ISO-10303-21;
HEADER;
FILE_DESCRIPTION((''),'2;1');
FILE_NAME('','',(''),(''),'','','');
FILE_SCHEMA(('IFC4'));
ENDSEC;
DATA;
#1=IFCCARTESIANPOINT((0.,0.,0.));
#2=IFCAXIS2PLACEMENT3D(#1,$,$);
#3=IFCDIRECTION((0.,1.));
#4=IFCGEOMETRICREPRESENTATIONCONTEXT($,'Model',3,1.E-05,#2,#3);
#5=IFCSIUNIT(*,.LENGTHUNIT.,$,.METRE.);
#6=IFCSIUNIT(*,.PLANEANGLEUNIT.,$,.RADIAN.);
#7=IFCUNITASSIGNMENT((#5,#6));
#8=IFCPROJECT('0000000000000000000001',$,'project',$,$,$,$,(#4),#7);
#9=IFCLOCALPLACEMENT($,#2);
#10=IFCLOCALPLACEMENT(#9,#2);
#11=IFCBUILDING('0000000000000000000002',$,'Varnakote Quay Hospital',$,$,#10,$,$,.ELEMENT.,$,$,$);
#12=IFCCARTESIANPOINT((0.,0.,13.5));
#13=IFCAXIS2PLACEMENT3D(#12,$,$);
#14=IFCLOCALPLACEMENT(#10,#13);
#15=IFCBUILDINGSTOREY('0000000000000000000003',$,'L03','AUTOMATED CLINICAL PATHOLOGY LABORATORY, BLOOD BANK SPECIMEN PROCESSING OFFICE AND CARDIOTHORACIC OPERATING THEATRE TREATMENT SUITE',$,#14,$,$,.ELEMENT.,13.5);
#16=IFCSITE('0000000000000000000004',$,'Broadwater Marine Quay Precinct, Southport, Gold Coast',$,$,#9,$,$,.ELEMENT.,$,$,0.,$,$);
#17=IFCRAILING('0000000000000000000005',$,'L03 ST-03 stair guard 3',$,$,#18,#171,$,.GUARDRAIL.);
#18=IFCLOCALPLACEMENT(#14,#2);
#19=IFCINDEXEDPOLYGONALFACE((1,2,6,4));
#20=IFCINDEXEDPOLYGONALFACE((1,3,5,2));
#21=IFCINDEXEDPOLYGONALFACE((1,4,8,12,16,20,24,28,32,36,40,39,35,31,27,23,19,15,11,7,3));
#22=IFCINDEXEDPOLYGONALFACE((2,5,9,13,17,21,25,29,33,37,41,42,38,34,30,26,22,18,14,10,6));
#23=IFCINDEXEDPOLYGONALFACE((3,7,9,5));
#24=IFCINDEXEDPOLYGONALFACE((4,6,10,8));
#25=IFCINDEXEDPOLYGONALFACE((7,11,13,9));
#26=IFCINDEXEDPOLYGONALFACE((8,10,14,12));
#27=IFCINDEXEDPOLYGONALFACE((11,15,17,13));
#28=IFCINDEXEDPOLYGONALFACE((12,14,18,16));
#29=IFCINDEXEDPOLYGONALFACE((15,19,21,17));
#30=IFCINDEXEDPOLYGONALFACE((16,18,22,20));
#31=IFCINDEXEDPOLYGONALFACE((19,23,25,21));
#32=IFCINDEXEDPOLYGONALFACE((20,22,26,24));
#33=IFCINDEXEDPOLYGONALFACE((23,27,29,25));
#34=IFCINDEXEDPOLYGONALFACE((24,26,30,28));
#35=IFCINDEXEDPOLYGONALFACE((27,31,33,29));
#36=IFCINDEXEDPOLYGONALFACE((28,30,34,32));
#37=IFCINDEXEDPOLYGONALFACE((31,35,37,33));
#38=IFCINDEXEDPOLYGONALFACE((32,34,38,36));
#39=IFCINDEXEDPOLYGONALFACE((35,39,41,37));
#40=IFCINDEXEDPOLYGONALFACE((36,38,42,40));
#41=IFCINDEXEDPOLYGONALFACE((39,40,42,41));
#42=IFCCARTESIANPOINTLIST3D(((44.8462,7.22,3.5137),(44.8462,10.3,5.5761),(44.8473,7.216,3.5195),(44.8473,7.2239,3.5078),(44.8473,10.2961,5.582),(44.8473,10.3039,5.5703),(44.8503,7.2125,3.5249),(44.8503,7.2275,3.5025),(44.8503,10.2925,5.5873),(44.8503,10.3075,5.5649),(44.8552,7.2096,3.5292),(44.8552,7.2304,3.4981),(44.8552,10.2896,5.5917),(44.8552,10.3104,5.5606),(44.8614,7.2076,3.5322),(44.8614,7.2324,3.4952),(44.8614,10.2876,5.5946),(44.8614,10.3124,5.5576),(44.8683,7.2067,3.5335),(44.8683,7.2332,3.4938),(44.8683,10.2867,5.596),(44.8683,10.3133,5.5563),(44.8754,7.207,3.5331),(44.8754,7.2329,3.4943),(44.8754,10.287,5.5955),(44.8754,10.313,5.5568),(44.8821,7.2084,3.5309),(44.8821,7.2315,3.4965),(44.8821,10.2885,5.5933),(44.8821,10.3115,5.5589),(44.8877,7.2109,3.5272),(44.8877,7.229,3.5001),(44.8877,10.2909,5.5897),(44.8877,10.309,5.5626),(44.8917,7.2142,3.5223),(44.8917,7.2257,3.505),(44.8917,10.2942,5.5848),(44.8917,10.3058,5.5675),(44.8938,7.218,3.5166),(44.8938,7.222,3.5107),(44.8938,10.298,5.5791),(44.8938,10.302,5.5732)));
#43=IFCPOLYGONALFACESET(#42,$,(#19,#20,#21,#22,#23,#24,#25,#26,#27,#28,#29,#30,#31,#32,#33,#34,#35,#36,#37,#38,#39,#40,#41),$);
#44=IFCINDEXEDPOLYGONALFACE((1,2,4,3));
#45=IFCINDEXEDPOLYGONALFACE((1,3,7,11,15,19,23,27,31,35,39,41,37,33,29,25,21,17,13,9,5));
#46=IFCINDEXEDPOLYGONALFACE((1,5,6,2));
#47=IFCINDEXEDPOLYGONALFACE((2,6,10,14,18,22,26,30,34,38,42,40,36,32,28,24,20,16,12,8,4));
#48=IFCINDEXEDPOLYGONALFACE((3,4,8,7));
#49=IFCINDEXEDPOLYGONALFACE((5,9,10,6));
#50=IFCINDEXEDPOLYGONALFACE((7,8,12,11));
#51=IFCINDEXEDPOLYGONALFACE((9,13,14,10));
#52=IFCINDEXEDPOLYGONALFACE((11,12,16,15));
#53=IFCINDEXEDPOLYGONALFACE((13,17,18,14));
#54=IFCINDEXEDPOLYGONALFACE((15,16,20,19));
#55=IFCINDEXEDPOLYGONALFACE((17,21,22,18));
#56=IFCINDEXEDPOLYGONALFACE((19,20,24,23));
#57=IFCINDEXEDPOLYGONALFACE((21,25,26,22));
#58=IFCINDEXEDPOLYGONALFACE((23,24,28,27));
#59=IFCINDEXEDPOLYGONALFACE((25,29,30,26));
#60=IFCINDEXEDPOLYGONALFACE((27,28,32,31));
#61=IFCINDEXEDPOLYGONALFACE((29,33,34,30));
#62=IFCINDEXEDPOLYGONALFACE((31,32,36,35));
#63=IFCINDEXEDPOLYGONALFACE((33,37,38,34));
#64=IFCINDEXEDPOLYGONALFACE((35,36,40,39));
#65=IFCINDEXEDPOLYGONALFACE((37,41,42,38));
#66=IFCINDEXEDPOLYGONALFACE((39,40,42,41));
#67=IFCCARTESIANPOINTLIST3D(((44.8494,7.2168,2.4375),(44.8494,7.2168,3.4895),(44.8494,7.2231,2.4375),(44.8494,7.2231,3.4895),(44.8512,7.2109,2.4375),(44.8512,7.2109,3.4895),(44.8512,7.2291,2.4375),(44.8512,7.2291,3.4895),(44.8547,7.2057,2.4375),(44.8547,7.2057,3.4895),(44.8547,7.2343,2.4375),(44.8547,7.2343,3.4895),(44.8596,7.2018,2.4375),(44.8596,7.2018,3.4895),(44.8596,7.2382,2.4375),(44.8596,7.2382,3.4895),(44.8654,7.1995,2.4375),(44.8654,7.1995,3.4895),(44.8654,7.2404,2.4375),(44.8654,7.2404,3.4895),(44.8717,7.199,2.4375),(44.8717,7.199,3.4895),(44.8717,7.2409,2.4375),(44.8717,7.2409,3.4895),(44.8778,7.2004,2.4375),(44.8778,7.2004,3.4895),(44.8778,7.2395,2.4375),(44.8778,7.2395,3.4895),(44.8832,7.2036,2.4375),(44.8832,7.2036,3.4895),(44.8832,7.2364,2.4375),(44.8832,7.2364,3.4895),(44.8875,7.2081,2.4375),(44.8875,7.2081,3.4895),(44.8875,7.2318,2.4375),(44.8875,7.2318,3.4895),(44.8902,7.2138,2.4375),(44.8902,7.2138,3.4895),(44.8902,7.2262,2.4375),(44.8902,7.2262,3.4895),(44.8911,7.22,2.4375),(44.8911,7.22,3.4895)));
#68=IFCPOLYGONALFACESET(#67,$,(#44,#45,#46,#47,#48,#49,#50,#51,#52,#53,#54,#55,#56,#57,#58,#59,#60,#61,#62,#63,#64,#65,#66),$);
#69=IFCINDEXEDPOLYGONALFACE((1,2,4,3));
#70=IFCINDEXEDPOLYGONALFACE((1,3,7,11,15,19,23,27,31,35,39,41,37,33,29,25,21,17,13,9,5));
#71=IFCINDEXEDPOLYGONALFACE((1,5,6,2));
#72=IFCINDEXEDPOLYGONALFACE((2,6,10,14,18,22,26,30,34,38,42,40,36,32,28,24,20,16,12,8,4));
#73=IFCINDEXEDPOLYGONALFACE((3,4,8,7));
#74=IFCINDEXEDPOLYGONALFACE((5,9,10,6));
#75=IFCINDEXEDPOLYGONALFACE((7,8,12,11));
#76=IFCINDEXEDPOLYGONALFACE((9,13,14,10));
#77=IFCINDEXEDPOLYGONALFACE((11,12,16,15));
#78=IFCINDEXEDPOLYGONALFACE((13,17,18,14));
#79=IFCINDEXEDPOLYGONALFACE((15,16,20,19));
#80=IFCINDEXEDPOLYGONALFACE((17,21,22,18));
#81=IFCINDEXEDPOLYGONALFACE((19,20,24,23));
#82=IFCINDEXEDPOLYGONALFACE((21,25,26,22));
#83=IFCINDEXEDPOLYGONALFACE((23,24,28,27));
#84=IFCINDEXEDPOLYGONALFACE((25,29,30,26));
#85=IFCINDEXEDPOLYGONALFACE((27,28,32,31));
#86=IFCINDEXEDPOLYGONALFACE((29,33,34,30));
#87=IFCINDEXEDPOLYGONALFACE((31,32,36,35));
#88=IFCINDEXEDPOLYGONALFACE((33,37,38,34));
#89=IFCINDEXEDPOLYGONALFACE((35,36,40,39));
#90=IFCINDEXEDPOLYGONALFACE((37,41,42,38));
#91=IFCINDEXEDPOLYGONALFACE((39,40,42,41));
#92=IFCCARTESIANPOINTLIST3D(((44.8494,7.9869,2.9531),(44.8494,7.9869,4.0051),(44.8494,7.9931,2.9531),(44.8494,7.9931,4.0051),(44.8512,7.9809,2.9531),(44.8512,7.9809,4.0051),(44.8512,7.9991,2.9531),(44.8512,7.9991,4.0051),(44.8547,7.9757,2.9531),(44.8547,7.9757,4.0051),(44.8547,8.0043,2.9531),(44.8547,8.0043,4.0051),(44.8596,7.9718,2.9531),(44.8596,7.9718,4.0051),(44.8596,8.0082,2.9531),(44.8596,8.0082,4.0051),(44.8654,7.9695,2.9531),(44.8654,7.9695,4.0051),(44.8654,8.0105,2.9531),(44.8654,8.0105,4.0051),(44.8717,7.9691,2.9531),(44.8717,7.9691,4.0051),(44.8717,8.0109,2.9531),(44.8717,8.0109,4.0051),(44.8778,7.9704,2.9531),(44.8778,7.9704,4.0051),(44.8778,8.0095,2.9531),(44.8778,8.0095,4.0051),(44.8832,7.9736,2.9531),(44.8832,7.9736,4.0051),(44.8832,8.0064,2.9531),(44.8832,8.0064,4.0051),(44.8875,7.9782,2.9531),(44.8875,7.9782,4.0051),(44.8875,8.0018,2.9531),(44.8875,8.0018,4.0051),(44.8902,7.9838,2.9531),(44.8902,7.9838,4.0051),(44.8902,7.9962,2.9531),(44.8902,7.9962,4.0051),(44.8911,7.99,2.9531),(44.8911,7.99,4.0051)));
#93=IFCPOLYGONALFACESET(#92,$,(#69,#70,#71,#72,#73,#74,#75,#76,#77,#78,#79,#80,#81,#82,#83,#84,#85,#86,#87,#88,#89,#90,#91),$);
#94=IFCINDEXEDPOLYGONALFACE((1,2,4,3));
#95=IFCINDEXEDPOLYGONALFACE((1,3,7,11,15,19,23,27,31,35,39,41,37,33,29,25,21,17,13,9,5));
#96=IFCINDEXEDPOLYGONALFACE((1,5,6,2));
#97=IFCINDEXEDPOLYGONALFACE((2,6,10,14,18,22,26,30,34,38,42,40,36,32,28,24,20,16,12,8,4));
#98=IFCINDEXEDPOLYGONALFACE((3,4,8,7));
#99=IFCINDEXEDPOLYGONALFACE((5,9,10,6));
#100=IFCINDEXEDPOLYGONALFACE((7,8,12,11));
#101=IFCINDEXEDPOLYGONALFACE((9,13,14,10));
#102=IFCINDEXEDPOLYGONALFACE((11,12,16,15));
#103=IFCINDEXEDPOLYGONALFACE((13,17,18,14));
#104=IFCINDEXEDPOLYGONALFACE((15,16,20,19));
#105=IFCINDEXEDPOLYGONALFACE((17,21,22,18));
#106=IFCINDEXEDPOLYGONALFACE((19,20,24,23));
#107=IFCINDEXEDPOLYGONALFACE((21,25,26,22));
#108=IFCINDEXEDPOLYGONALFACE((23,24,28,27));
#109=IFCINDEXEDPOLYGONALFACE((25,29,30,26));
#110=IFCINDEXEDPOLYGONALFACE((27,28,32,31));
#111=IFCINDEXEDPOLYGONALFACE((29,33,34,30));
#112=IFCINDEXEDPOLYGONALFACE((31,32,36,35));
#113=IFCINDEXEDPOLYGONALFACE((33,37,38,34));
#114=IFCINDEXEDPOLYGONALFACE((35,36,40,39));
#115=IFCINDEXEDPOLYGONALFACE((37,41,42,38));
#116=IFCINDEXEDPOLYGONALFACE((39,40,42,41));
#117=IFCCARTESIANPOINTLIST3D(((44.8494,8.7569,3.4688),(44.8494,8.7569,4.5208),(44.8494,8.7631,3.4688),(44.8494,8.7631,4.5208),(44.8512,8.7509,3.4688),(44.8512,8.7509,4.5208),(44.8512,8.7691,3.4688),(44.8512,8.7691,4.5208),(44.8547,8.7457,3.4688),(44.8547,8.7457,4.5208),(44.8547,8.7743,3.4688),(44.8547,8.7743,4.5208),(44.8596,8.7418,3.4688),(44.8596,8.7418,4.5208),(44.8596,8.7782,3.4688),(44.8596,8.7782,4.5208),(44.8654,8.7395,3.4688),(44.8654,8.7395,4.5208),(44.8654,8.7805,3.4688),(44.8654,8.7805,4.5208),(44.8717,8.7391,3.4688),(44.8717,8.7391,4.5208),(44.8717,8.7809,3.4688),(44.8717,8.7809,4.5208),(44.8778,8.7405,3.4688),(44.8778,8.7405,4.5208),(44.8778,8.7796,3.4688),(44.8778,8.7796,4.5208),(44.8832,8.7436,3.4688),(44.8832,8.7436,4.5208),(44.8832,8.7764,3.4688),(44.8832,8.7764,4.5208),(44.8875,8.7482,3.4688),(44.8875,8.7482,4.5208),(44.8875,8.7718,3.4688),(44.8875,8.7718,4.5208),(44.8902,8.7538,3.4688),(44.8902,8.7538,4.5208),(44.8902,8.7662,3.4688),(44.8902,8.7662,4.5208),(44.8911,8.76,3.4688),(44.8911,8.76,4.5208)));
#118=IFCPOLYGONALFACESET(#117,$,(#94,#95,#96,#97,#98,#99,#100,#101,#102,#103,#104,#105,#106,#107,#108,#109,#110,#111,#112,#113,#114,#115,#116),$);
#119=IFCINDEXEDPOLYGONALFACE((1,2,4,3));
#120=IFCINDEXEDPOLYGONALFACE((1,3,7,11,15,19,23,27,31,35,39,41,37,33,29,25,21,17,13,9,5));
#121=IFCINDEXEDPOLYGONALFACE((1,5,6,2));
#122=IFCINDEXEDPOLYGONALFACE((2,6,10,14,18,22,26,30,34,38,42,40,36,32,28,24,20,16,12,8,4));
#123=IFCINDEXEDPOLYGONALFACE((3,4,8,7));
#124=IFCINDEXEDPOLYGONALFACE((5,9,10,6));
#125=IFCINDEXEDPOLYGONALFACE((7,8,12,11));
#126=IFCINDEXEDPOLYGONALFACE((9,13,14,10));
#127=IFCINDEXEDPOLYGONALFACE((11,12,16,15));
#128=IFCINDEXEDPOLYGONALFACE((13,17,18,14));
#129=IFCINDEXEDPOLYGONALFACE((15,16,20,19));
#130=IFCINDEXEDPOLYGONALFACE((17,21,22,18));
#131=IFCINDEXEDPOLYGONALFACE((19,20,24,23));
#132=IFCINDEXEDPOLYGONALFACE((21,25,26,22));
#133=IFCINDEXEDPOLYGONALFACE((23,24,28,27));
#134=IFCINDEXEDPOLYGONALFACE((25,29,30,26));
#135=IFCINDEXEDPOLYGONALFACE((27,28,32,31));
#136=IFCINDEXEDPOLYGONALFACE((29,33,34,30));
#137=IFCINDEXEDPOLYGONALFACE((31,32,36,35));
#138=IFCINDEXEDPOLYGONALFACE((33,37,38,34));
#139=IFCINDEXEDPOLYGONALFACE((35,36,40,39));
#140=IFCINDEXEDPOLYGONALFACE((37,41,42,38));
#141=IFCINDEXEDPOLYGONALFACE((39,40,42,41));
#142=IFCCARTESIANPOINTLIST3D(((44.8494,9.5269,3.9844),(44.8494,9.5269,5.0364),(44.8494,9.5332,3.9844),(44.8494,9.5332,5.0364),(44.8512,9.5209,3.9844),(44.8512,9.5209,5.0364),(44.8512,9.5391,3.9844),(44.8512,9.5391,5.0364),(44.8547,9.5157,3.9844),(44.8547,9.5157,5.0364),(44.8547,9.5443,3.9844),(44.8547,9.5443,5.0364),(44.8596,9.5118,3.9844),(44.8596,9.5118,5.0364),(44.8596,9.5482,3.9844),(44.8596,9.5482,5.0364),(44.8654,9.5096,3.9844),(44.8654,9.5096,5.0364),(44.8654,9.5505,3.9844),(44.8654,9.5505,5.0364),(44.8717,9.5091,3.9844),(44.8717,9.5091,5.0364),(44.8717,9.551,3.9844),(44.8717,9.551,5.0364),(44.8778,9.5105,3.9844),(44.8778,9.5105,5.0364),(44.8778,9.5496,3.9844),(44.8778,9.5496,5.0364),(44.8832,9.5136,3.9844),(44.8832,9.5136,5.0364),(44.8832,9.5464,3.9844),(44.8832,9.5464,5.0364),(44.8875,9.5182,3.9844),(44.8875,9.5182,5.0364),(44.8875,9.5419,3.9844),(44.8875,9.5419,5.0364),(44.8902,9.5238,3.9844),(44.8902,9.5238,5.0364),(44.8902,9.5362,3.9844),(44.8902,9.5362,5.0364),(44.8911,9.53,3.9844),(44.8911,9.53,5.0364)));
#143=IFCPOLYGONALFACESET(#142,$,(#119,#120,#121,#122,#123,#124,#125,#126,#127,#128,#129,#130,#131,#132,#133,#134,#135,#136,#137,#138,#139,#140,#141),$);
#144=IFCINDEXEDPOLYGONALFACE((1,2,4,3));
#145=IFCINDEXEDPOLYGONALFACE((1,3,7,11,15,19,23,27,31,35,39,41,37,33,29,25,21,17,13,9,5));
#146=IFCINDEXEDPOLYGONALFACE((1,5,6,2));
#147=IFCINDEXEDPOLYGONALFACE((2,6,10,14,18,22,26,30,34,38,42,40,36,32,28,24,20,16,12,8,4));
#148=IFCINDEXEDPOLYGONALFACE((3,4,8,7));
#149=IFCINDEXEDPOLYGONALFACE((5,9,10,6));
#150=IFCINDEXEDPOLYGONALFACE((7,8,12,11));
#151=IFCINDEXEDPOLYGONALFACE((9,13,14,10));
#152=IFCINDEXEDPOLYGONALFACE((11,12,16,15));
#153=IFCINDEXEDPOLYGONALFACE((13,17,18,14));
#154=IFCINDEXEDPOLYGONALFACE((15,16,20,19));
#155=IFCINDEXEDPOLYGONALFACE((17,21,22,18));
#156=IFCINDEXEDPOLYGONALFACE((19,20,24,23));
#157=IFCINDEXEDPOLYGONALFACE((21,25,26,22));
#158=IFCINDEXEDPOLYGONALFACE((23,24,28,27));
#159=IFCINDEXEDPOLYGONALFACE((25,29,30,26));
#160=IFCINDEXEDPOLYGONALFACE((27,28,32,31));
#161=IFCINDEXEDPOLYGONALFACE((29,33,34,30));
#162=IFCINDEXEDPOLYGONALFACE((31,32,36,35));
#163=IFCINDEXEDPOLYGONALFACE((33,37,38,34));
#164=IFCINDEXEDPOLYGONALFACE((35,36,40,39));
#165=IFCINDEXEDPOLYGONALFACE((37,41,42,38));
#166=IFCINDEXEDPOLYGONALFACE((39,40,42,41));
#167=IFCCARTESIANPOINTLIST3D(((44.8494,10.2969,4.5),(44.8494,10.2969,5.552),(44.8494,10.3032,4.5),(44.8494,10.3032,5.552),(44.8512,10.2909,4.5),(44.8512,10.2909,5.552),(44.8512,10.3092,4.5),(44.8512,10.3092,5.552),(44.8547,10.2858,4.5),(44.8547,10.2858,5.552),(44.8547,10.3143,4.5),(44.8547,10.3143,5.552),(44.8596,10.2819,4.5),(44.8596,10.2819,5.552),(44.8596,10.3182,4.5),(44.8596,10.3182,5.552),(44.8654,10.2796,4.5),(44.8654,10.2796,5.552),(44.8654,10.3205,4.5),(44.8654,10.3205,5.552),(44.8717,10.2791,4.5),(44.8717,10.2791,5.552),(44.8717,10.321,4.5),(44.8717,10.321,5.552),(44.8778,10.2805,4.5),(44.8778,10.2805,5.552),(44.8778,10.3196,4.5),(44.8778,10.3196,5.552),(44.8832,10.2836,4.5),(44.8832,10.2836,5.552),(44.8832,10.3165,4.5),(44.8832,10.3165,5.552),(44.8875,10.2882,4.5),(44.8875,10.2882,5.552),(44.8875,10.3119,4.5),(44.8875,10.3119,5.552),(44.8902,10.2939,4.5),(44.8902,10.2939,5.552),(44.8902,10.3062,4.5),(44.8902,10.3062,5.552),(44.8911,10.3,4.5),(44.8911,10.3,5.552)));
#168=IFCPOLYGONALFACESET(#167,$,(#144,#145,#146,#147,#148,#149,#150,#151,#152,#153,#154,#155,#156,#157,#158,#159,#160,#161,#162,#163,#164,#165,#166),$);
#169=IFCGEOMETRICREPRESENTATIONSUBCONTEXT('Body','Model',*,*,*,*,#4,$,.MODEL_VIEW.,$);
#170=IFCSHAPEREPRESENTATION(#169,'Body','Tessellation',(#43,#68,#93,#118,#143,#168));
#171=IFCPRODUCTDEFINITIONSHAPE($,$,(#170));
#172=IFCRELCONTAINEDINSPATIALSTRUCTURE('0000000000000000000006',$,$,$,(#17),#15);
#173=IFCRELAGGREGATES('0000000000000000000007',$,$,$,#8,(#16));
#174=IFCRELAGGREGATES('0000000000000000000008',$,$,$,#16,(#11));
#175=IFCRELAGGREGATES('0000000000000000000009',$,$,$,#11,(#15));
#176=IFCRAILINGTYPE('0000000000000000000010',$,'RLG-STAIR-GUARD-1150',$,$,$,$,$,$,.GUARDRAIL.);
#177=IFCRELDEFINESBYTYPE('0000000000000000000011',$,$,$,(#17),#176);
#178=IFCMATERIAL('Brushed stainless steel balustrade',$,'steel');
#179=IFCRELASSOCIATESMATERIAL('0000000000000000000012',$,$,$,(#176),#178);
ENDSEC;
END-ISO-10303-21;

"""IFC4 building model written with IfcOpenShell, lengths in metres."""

from ifc_helpers import new_model, si_unit, direction, frame, origin, origin_2d, place, context, subcontext, project, spatial, circle, extrude, material, type_object, element, save


model = new_model("IFC4")

# Units and contexts
model_context = context("Model", 3, precision=1e-05, world=origin(), true_north=direction((0.0, 1.0)))
body_context = subcontext(model_context, "Body", "Model", "MODEL_VIEW")
ifc_project = project(units=[si_unit("LENGTHUNIT", "METRE"), si_unit("PLANEANGLEUNIT", "RADIAN")], contexts=[model_context])

# Site, building, storey
site_placement = place(None, origin())
site = spatial("IfcSite", under=ifc_project, at=site_placement, Name="Broadwater Marine Quay Precinct, Southport, Gold Coast", CompositionType="ELEMENT", RefElevation=0.0)
building_placement = place(site_placement, origin())
building = spatial("IfcBuilding", under=site, at=building_placement, Name="Varnakote Quay Hospital", CompositionType="ELEMENT")
storey_placement = place(building_placement, frame((0.0, 0.0, 13.5)))
storey = spatial("IfcBuildingStorey", under=building, at=storey_placement, Name="L03", Description="AUTOMATED CLINICAL PATHOLOGY LABORATORY, BLOOD BANK SPECIMEN PROCESSING OFFICE AND CARDIOTHORACIC OPERATING THEATRE TREATMENT SUITE", CompositionType="ELEMENT", Elevation=13.5)

# Railing
ifc_material_1 = material(Name="Brushed stainless steel balustrade", Category="steel")
railing_type_1 = type_object("IfcRailingType", Name="RLG-STAIR-GUARD-1150", PredefinedType="GUARDRAIL", material=ifc_material_1)
railing_1_placement = place(storey_placement, frame((44.8701, 7.22, 2.4375)))
element("IfcRailing", 1, at=railing_1_placement, inside=storey, type_object=railing_type_1, Name="L03 ST-03 stair guard 3", PredefinedType="GUARDRAIL", context=body_context, shape_type="SweptSolid", body=[
    extrude(circle(Radius=0.0239, at=origin_2d()), frame((0.0, 0.0, 1.0762), z_axis=(0.0, 0.830914, 0.556401), x_axis=(-1.0, 0.0, 0.0)), (0.0, 0.0, 1.0), 3.7068),
    extrude(circle(Radius=0.021, at=origin_2d()), origin(), (0.0, 0.0, 1.0), 1.052),
    extrude(circle(Radius=0.021, at=origin_2d()), frame((0.0, 0.77, 0.5156)), (0.0, 0.0, 1.0), 1.052),
    extrude(circle(Radius=0.021, at=origin_2d()), frame((0.0, 1.54, 1.0312)), (0.0, 0.0, 1.0), 1.052),
    extrude(circle(Radius=0.021, at=origin_2d()), frame((0.0, 2.3101, 1.5469)), (0.0, 0.0, 1.0), 1.052),
    extrude(circle(Radius=0.021, at=origin_2d()), frame((0.0, 3.0801, 2.0625)), (0.0, 0.0, 1.0), 1.052),
])

save(model, "model.ifc")
